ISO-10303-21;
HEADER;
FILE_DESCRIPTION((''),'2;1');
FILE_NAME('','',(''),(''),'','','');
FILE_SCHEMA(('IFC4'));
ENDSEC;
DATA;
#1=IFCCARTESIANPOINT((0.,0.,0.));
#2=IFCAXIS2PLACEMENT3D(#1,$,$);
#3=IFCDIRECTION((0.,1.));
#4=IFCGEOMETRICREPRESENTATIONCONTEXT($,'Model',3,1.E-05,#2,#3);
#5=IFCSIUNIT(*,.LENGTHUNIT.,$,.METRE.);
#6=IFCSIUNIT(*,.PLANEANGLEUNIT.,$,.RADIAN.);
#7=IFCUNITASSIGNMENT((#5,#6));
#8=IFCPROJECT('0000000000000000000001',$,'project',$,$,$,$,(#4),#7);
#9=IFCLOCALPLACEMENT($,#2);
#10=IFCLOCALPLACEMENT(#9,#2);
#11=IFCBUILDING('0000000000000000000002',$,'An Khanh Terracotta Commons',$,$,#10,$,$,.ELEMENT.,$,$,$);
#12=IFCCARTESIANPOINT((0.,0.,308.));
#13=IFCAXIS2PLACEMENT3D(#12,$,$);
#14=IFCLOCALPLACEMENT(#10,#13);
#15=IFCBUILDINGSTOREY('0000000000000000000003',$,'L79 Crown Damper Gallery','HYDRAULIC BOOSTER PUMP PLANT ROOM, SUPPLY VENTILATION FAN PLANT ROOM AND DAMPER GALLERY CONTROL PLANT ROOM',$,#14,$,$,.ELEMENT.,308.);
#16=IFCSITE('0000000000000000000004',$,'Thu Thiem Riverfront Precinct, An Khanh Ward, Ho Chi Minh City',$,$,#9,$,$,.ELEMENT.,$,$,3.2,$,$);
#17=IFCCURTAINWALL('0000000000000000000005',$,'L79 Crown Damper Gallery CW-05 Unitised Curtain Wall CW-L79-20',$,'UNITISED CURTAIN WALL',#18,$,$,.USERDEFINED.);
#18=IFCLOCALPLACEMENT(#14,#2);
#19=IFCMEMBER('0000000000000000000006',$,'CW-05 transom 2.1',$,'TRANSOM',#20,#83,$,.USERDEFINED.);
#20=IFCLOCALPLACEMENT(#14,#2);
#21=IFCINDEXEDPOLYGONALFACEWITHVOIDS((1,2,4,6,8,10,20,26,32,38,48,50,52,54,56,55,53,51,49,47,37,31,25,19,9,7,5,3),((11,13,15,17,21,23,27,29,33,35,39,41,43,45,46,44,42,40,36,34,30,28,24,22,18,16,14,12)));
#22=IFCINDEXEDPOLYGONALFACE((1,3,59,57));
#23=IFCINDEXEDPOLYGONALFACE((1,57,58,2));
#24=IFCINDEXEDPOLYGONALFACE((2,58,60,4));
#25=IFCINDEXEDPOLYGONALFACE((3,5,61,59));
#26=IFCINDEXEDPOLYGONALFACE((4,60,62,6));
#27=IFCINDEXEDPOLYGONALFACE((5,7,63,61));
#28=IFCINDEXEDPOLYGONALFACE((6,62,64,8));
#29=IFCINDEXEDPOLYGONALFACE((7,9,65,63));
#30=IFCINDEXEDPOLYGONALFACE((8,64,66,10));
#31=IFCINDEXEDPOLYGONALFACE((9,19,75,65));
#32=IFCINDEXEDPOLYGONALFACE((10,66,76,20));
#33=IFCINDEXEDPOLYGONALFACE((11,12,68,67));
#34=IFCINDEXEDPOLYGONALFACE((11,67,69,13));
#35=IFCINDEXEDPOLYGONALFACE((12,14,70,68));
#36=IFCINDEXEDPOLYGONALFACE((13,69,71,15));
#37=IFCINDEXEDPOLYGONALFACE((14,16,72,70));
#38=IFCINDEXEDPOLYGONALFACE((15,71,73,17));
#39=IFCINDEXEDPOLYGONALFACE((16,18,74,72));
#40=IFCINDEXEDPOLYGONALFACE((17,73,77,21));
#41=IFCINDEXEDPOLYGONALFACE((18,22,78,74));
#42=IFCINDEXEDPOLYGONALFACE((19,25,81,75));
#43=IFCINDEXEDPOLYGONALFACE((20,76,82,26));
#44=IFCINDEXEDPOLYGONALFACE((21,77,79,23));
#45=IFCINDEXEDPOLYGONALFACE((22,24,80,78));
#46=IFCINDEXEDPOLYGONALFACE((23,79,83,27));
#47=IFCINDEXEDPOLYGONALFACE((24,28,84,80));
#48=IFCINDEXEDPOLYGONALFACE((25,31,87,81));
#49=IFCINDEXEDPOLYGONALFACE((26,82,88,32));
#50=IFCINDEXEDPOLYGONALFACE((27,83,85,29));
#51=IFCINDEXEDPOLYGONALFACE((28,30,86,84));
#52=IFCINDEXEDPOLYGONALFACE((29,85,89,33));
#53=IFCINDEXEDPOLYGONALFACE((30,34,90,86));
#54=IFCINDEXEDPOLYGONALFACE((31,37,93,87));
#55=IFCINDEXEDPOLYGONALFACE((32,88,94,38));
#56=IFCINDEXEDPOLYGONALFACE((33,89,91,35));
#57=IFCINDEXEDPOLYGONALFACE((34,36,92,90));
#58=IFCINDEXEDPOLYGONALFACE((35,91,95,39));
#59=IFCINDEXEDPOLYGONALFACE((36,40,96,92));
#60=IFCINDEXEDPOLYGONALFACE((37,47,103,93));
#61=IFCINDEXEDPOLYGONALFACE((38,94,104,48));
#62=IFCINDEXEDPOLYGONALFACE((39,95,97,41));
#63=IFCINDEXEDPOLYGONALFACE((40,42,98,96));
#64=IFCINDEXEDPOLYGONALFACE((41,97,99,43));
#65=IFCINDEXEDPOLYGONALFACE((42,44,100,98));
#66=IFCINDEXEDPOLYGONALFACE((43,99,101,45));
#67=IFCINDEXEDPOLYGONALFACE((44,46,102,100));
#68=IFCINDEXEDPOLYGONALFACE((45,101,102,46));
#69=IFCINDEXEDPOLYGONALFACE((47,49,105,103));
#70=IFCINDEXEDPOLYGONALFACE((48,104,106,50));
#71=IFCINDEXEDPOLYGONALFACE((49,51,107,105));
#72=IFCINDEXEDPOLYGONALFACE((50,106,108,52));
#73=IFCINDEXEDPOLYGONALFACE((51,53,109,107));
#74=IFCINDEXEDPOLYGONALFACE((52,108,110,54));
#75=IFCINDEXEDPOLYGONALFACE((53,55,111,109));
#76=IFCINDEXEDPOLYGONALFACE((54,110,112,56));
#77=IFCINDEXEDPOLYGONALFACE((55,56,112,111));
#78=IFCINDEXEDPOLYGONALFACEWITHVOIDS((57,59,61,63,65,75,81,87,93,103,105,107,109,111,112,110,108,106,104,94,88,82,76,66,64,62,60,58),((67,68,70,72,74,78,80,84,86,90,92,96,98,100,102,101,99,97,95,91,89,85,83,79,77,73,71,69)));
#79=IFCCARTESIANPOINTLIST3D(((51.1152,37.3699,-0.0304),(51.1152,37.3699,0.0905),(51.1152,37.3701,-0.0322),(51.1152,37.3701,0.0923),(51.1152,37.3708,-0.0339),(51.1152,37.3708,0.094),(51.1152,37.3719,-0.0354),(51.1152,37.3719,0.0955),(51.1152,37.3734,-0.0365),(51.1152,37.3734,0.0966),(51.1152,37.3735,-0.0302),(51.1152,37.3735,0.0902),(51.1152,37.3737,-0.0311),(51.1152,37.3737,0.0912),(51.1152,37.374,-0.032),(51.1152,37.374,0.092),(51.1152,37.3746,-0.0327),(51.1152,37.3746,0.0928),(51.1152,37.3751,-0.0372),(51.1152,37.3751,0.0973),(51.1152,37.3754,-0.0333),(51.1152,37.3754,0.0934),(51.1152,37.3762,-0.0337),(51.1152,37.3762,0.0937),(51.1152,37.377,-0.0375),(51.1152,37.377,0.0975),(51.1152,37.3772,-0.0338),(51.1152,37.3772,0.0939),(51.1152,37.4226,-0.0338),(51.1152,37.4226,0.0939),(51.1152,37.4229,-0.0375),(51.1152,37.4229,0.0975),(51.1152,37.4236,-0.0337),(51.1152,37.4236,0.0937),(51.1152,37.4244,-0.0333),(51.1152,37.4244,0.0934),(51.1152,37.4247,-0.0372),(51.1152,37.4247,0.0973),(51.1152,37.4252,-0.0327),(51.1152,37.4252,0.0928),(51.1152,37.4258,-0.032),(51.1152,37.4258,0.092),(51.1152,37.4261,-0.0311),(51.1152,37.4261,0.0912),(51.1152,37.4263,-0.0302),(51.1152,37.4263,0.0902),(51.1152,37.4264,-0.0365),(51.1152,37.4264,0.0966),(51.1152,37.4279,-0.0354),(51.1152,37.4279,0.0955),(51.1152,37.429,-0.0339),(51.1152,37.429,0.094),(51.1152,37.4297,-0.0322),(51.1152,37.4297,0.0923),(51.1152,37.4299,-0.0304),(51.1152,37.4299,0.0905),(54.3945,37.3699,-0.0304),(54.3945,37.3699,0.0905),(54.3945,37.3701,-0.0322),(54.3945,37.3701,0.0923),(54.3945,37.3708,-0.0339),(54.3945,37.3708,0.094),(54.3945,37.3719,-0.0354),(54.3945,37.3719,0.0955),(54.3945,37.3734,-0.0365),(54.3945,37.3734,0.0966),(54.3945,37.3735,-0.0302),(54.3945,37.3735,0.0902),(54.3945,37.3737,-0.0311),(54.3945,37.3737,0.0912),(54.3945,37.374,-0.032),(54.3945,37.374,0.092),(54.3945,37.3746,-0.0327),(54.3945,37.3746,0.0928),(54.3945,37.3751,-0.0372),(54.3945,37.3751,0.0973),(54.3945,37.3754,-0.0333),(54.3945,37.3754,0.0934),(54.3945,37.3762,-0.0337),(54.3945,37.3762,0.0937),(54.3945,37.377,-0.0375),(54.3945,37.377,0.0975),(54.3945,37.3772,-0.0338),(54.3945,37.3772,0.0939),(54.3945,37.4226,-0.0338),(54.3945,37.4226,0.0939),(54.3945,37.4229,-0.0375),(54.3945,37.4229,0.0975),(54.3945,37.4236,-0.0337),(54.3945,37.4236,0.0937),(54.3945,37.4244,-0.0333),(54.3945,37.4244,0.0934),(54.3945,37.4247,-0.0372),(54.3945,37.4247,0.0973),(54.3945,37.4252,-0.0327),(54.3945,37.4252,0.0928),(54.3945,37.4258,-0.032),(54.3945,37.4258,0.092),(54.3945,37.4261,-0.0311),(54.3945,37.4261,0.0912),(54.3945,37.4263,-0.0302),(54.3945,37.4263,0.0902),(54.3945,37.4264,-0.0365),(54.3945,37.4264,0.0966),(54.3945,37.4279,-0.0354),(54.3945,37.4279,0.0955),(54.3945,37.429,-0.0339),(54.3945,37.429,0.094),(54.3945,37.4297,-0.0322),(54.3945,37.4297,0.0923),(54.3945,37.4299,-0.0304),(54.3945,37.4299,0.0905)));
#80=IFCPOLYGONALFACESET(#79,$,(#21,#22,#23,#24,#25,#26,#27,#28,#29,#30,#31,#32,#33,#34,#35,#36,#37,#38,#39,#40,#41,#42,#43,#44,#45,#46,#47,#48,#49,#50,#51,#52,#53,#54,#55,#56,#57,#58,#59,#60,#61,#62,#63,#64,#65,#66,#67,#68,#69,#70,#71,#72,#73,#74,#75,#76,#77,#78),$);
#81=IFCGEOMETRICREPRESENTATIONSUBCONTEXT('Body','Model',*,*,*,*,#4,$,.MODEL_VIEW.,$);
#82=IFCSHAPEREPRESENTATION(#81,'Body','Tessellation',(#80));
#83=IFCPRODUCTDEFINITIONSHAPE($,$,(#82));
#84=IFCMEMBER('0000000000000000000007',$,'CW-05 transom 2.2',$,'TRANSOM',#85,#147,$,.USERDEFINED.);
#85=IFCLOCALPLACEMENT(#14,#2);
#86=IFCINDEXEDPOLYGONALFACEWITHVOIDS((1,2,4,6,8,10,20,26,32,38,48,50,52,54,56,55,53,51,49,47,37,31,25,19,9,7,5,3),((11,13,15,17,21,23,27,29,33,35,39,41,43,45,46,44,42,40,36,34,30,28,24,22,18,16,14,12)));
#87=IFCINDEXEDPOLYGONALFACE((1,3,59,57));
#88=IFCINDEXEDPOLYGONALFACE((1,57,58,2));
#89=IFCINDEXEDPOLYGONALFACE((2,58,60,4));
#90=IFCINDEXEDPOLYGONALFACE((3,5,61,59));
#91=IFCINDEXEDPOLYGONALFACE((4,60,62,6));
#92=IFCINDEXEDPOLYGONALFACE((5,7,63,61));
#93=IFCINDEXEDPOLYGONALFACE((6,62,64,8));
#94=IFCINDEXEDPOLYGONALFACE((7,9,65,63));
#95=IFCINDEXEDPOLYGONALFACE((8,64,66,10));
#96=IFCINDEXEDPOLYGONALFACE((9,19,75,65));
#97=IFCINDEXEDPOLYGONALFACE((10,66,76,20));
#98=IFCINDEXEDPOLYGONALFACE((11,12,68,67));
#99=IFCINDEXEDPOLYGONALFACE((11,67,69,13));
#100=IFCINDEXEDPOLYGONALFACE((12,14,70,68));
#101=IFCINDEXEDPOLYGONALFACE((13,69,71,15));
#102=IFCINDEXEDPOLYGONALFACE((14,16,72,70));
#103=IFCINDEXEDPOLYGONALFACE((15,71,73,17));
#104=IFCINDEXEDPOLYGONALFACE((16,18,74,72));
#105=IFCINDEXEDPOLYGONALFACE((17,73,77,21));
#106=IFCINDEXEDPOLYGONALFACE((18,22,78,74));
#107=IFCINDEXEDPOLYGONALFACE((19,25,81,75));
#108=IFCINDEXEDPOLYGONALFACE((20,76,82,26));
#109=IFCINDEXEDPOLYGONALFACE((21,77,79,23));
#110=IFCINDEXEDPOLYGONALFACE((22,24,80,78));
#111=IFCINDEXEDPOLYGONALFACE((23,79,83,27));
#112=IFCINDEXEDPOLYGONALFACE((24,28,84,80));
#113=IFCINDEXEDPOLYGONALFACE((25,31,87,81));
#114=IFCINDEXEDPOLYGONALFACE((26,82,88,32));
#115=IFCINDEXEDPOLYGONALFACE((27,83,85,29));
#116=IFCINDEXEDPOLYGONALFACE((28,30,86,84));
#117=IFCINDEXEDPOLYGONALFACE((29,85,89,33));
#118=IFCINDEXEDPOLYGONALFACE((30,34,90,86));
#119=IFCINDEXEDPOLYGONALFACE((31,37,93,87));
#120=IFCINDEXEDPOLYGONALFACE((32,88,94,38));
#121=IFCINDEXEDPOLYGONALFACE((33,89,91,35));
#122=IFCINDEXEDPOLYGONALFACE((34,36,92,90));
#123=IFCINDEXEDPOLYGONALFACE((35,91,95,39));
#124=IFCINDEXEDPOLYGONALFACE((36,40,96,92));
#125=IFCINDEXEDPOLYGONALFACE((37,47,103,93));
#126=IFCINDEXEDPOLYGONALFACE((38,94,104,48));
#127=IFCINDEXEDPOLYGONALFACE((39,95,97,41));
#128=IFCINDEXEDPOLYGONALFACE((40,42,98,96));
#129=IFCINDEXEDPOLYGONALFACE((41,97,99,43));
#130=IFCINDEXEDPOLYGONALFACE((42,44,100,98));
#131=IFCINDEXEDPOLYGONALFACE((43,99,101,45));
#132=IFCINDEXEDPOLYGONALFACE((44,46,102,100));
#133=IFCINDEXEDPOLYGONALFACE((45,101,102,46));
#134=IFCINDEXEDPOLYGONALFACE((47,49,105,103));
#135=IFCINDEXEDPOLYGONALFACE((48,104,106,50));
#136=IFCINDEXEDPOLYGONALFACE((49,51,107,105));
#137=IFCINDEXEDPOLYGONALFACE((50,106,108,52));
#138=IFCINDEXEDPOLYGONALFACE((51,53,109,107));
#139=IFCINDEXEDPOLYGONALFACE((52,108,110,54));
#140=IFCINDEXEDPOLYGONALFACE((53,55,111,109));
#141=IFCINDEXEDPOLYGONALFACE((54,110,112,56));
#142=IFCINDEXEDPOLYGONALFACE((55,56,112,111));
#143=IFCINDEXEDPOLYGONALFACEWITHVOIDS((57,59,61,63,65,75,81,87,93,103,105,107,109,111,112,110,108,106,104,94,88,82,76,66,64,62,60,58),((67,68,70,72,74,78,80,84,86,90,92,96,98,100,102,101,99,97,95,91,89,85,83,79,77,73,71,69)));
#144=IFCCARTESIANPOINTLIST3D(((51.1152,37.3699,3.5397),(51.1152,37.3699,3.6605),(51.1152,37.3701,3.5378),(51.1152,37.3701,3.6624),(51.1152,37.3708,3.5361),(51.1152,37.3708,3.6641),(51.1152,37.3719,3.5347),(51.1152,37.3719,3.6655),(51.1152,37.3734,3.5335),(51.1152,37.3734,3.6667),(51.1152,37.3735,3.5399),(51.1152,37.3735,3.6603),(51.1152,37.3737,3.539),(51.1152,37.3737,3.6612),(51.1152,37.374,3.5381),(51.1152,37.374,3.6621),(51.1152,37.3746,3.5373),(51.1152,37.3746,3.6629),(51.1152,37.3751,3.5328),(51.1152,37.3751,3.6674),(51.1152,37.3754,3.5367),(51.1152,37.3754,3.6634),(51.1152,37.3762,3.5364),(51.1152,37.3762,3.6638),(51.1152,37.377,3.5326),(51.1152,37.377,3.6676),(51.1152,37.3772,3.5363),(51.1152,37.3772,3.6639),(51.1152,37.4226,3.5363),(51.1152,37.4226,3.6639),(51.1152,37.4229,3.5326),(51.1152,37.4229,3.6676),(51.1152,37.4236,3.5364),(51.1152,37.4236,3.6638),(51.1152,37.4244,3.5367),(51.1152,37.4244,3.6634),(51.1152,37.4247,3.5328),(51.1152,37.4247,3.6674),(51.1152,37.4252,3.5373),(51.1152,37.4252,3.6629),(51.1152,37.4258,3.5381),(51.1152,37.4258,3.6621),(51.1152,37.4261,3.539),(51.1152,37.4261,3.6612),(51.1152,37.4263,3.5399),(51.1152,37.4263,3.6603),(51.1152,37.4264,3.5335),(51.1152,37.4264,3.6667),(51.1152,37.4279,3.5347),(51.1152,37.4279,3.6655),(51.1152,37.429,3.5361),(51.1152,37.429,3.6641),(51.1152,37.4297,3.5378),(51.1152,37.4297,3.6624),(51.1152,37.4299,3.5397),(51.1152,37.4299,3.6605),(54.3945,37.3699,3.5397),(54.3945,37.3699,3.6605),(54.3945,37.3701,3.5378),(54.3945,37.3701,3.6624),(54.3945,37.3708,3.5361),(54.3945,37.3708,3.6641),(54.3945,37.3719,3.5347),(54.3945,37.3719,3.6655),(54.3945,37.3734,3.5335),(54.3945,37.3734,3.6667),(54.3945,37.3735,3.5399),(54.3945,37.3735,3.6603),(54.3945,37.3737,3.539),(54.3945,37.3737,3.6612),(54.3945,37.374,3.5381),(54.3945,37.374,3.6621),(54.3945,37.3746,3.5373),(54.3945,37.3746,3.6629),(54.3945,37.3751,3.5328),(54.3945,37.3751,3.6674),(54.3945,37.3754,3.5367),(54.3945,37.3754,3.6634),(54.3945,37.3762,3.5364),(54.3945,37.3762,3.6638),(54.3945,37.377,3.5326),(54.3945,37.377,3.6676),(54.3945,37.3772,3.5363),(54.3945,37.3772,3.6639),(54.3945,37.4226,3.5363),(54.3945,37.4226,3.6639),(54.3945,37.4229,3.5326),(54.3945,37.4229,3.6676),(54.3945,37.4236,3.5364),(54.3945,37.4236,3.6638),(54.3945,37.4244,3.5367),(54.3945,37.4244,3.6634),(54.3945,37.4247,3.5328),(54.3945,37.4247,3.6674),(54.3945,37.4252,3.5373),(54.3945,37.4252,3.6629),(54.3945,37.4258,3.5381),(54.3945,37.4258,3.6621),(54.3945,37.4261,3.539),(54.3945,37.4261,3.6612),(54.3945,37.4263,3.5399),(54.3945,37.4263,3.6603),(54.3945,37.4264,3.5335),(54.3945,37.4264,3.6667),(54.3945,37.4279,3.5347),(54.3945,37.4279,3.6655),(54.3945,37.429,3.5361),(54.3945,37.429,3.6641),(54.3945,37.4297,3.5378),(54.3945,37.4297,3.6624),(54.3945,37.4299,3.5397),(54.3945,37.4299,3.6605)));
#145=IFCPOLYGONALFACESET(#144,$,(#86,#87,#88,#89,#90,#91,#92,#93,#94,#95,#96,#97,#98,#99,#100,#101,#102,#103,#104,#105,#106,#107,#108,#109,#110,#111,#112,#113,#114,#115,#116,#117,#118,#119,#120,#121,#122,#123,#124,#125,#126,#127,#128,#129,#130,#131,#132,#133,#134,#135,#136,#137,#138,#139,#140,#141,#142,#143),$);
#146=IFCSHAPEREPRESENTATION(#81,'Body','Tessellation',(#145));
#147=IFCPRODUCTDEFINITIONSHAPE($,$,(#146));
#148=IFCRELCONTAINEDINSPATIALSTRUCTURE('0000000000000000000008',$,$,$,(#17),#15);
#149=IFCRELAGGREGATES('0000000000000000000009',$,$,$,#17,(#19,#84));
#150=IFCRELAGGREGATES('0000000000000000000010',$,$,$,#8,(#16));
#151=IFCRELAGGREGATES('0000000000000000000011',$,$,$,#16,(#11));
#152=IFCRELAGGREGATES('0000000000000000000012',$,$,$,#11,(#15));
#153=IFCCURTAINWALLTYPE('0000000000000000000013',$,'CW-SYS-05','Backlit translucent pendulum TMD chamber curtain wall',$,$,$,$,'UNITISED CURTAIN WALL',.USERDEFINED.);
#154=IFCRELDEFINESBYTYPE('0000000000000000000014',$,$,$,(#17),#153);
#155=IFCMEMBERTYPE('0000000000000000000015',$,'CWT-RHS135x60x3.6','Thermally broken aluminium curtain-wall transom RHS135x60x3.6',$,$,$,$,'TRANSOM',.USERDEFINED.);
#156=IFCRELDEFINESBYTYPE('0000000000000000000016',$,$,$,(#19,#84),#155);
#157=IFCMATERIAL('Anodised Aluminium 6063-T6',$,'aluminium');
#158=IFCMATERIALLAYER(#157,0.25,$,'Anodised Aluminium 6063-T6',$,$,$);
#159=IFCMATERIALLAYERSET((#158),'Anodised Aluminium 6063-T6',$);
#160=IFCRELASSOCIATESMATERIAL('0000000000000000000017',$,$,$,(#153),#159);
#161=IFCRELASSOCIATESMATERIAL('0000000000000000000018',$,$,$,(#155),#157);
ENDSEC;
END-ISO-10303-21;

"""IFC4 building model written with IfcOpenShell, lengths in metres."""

from ifc_helpers import new_model, si_unit, direction, frame, origin, origin_2d, place, context, subcontext, project, spatial, hollow_rectangle, extrude, material, layer, layer_set, material_profile, profile_set, type_object, element, aggregate, save


model = new_model("IFC4")

# Units and contexts
model_context = context("Model", 3, precision=1e-05, world=origin(), true_north=direction((0.0, 1.0)))
body_context = subcontext(model_context, "Body", "Model", "MODEL_VIEW")
ifc_project = project(units=[si_unit("LENGTHUNIT", "METRE"), si_unit("PLANEANGLEUNIT", "RADIAN")], contexts=[model_context])

# Site, building, storey
site_placement = place(None, origin())
site = spatial("IfcSite", under=ifc_project, at=site_placement, Name="Thu Thiem Riverfront Precinct, An Khanh Ward, Ho Chi Minh City", CompositionType="ELEMENT", RefElevation=3.2)
building_placement = place(site_placement, origin())
building = spatial("IfcBuilding", under=site, at=building_placement, Name="An Khanh Terracotta Commons", CompositionType="ELEMENT")
storey_placement = place(building_placement, frame((0.0, 0.0, 308.0)))
storey = spatial("IfcBuildingStorey", under=building, at=storey_placement, Name="L79 Crown Damper Gallery", Description="HYDRAULIC BOOSTER PUMP PLANT ROOM, SUPPLY VENTILATION FAN PLANT ROOM AND DAMPER GALLERY CONTROL PLANT ROOM", CompositionType="ELEMENT", Elevation=308.0)

# Curtain wall, members
ifc_material_1 = material(Name="Anodised Aluminium 6063-T6", Category="aluminium")
ifc_layer_1 = layer(ifc_material_1, 0.25, Name="Anodised Aluminium 6063-T6")
ifc_layer_set_1 = layer_set([ifc_layer_1], Name="Anodised Aluminium 6063-T6")
curtain_wall_type = type_object("IfcCurtainWallType", Name="CW-SYS-05", Description="Backlit translucent pendulum TMD chamber curtain wall", ElementType="UNITISED CURTAIN WALL", PredefinedType="USERDEFINED", material=ifc_layer_set_1)
curtain_wall_placement = place(storey_placement, origin())
curtain_wall = element("IfcCurtainWall", 1, at=curtain_wall_placement, inside=storey, type_object=curtain_wall_type, Name="L79 Crown Damper Gallery CW-05 Unitised Curtain Wall CW-L79-20", ObjectType="UNITISED CURTAIN WALL", PredefinedType="USERDEFINED")
ifc_material_profile_1 = material_profile(ifc_material_1, hollow_rectangle(XDim=0.0601, YDim=0.135, WallThickness=0.0037, InnerFilletRadius=0.0037, OuterFilletRadius=0.0071, at=origin_2d()), Name="RHS135x60x3.6")
ifc_profile_set_1 = profile_set([ifc_material_profile_1], Name="Anodised Aluminium 6063-T6")
member_type_1 = type_object("IfcMemberType", Name="CWT-RHS135x60x3.6", Description="Thermally broken aluminium curtain-wall transom RHS135x60x3.6", ElementType="TRANSOM", PredefinedType="USERDEFINED", material=ifc_profile_set_1)
member_1_placement = place(storey_placement, frame((54.3945, 37.3999, 0.03), z_axis=(-1.0, 0.0, 0.0), x_axis=(0.0, -1.0, 0.0)))
member_1 = element("IfcMember", 2, at=member_1_placement, type_object=member_type_1, Name="CW-05 transom 2.1", ObjectType="TRANSOM", PredefinedType="USERDEFINED", context=body_context, shape_type="SweptSolid", body=[
    extrude(hollow_rectangle(XDim=0.0601, YDim=0.135, WallThickness=0.0037, InnerFilletRadius=0.0037, OuterFilletRadius=0.0071, at=origin_2d()), origin(), (0.0, 0.0, 1.0), 3.2793),
])
member_2_placement = place(storey_placement, frame((54.3945, 37.3999, 3.6001), z_axis=(-1.0, 0.0, 0.0), x_axis=(0.0, -1.0, 0.0)))
member_2 = element("IfcMember", 3, at=member_2_placement, type_object=member_type_1, Name="CW-05 transom 2.2", ObjectType="TRANSOM", PredefinedType="USERDEFINED", context=body_context, shape_type="SweptSolid", body=[
    extrude(hollow_rectangle(XDim=0.0601, YDim=0.135, WallThickness=0.0037, InnerFilletRadius=0.0037, OuterFilletRadius=0.0071, at=origin_2d()), origin(), (0.0, 0.0, 1.0), 3.2793),
])
aggregate(curtain_wall, [member_1, member_2])

save(model, "model.ifc")
